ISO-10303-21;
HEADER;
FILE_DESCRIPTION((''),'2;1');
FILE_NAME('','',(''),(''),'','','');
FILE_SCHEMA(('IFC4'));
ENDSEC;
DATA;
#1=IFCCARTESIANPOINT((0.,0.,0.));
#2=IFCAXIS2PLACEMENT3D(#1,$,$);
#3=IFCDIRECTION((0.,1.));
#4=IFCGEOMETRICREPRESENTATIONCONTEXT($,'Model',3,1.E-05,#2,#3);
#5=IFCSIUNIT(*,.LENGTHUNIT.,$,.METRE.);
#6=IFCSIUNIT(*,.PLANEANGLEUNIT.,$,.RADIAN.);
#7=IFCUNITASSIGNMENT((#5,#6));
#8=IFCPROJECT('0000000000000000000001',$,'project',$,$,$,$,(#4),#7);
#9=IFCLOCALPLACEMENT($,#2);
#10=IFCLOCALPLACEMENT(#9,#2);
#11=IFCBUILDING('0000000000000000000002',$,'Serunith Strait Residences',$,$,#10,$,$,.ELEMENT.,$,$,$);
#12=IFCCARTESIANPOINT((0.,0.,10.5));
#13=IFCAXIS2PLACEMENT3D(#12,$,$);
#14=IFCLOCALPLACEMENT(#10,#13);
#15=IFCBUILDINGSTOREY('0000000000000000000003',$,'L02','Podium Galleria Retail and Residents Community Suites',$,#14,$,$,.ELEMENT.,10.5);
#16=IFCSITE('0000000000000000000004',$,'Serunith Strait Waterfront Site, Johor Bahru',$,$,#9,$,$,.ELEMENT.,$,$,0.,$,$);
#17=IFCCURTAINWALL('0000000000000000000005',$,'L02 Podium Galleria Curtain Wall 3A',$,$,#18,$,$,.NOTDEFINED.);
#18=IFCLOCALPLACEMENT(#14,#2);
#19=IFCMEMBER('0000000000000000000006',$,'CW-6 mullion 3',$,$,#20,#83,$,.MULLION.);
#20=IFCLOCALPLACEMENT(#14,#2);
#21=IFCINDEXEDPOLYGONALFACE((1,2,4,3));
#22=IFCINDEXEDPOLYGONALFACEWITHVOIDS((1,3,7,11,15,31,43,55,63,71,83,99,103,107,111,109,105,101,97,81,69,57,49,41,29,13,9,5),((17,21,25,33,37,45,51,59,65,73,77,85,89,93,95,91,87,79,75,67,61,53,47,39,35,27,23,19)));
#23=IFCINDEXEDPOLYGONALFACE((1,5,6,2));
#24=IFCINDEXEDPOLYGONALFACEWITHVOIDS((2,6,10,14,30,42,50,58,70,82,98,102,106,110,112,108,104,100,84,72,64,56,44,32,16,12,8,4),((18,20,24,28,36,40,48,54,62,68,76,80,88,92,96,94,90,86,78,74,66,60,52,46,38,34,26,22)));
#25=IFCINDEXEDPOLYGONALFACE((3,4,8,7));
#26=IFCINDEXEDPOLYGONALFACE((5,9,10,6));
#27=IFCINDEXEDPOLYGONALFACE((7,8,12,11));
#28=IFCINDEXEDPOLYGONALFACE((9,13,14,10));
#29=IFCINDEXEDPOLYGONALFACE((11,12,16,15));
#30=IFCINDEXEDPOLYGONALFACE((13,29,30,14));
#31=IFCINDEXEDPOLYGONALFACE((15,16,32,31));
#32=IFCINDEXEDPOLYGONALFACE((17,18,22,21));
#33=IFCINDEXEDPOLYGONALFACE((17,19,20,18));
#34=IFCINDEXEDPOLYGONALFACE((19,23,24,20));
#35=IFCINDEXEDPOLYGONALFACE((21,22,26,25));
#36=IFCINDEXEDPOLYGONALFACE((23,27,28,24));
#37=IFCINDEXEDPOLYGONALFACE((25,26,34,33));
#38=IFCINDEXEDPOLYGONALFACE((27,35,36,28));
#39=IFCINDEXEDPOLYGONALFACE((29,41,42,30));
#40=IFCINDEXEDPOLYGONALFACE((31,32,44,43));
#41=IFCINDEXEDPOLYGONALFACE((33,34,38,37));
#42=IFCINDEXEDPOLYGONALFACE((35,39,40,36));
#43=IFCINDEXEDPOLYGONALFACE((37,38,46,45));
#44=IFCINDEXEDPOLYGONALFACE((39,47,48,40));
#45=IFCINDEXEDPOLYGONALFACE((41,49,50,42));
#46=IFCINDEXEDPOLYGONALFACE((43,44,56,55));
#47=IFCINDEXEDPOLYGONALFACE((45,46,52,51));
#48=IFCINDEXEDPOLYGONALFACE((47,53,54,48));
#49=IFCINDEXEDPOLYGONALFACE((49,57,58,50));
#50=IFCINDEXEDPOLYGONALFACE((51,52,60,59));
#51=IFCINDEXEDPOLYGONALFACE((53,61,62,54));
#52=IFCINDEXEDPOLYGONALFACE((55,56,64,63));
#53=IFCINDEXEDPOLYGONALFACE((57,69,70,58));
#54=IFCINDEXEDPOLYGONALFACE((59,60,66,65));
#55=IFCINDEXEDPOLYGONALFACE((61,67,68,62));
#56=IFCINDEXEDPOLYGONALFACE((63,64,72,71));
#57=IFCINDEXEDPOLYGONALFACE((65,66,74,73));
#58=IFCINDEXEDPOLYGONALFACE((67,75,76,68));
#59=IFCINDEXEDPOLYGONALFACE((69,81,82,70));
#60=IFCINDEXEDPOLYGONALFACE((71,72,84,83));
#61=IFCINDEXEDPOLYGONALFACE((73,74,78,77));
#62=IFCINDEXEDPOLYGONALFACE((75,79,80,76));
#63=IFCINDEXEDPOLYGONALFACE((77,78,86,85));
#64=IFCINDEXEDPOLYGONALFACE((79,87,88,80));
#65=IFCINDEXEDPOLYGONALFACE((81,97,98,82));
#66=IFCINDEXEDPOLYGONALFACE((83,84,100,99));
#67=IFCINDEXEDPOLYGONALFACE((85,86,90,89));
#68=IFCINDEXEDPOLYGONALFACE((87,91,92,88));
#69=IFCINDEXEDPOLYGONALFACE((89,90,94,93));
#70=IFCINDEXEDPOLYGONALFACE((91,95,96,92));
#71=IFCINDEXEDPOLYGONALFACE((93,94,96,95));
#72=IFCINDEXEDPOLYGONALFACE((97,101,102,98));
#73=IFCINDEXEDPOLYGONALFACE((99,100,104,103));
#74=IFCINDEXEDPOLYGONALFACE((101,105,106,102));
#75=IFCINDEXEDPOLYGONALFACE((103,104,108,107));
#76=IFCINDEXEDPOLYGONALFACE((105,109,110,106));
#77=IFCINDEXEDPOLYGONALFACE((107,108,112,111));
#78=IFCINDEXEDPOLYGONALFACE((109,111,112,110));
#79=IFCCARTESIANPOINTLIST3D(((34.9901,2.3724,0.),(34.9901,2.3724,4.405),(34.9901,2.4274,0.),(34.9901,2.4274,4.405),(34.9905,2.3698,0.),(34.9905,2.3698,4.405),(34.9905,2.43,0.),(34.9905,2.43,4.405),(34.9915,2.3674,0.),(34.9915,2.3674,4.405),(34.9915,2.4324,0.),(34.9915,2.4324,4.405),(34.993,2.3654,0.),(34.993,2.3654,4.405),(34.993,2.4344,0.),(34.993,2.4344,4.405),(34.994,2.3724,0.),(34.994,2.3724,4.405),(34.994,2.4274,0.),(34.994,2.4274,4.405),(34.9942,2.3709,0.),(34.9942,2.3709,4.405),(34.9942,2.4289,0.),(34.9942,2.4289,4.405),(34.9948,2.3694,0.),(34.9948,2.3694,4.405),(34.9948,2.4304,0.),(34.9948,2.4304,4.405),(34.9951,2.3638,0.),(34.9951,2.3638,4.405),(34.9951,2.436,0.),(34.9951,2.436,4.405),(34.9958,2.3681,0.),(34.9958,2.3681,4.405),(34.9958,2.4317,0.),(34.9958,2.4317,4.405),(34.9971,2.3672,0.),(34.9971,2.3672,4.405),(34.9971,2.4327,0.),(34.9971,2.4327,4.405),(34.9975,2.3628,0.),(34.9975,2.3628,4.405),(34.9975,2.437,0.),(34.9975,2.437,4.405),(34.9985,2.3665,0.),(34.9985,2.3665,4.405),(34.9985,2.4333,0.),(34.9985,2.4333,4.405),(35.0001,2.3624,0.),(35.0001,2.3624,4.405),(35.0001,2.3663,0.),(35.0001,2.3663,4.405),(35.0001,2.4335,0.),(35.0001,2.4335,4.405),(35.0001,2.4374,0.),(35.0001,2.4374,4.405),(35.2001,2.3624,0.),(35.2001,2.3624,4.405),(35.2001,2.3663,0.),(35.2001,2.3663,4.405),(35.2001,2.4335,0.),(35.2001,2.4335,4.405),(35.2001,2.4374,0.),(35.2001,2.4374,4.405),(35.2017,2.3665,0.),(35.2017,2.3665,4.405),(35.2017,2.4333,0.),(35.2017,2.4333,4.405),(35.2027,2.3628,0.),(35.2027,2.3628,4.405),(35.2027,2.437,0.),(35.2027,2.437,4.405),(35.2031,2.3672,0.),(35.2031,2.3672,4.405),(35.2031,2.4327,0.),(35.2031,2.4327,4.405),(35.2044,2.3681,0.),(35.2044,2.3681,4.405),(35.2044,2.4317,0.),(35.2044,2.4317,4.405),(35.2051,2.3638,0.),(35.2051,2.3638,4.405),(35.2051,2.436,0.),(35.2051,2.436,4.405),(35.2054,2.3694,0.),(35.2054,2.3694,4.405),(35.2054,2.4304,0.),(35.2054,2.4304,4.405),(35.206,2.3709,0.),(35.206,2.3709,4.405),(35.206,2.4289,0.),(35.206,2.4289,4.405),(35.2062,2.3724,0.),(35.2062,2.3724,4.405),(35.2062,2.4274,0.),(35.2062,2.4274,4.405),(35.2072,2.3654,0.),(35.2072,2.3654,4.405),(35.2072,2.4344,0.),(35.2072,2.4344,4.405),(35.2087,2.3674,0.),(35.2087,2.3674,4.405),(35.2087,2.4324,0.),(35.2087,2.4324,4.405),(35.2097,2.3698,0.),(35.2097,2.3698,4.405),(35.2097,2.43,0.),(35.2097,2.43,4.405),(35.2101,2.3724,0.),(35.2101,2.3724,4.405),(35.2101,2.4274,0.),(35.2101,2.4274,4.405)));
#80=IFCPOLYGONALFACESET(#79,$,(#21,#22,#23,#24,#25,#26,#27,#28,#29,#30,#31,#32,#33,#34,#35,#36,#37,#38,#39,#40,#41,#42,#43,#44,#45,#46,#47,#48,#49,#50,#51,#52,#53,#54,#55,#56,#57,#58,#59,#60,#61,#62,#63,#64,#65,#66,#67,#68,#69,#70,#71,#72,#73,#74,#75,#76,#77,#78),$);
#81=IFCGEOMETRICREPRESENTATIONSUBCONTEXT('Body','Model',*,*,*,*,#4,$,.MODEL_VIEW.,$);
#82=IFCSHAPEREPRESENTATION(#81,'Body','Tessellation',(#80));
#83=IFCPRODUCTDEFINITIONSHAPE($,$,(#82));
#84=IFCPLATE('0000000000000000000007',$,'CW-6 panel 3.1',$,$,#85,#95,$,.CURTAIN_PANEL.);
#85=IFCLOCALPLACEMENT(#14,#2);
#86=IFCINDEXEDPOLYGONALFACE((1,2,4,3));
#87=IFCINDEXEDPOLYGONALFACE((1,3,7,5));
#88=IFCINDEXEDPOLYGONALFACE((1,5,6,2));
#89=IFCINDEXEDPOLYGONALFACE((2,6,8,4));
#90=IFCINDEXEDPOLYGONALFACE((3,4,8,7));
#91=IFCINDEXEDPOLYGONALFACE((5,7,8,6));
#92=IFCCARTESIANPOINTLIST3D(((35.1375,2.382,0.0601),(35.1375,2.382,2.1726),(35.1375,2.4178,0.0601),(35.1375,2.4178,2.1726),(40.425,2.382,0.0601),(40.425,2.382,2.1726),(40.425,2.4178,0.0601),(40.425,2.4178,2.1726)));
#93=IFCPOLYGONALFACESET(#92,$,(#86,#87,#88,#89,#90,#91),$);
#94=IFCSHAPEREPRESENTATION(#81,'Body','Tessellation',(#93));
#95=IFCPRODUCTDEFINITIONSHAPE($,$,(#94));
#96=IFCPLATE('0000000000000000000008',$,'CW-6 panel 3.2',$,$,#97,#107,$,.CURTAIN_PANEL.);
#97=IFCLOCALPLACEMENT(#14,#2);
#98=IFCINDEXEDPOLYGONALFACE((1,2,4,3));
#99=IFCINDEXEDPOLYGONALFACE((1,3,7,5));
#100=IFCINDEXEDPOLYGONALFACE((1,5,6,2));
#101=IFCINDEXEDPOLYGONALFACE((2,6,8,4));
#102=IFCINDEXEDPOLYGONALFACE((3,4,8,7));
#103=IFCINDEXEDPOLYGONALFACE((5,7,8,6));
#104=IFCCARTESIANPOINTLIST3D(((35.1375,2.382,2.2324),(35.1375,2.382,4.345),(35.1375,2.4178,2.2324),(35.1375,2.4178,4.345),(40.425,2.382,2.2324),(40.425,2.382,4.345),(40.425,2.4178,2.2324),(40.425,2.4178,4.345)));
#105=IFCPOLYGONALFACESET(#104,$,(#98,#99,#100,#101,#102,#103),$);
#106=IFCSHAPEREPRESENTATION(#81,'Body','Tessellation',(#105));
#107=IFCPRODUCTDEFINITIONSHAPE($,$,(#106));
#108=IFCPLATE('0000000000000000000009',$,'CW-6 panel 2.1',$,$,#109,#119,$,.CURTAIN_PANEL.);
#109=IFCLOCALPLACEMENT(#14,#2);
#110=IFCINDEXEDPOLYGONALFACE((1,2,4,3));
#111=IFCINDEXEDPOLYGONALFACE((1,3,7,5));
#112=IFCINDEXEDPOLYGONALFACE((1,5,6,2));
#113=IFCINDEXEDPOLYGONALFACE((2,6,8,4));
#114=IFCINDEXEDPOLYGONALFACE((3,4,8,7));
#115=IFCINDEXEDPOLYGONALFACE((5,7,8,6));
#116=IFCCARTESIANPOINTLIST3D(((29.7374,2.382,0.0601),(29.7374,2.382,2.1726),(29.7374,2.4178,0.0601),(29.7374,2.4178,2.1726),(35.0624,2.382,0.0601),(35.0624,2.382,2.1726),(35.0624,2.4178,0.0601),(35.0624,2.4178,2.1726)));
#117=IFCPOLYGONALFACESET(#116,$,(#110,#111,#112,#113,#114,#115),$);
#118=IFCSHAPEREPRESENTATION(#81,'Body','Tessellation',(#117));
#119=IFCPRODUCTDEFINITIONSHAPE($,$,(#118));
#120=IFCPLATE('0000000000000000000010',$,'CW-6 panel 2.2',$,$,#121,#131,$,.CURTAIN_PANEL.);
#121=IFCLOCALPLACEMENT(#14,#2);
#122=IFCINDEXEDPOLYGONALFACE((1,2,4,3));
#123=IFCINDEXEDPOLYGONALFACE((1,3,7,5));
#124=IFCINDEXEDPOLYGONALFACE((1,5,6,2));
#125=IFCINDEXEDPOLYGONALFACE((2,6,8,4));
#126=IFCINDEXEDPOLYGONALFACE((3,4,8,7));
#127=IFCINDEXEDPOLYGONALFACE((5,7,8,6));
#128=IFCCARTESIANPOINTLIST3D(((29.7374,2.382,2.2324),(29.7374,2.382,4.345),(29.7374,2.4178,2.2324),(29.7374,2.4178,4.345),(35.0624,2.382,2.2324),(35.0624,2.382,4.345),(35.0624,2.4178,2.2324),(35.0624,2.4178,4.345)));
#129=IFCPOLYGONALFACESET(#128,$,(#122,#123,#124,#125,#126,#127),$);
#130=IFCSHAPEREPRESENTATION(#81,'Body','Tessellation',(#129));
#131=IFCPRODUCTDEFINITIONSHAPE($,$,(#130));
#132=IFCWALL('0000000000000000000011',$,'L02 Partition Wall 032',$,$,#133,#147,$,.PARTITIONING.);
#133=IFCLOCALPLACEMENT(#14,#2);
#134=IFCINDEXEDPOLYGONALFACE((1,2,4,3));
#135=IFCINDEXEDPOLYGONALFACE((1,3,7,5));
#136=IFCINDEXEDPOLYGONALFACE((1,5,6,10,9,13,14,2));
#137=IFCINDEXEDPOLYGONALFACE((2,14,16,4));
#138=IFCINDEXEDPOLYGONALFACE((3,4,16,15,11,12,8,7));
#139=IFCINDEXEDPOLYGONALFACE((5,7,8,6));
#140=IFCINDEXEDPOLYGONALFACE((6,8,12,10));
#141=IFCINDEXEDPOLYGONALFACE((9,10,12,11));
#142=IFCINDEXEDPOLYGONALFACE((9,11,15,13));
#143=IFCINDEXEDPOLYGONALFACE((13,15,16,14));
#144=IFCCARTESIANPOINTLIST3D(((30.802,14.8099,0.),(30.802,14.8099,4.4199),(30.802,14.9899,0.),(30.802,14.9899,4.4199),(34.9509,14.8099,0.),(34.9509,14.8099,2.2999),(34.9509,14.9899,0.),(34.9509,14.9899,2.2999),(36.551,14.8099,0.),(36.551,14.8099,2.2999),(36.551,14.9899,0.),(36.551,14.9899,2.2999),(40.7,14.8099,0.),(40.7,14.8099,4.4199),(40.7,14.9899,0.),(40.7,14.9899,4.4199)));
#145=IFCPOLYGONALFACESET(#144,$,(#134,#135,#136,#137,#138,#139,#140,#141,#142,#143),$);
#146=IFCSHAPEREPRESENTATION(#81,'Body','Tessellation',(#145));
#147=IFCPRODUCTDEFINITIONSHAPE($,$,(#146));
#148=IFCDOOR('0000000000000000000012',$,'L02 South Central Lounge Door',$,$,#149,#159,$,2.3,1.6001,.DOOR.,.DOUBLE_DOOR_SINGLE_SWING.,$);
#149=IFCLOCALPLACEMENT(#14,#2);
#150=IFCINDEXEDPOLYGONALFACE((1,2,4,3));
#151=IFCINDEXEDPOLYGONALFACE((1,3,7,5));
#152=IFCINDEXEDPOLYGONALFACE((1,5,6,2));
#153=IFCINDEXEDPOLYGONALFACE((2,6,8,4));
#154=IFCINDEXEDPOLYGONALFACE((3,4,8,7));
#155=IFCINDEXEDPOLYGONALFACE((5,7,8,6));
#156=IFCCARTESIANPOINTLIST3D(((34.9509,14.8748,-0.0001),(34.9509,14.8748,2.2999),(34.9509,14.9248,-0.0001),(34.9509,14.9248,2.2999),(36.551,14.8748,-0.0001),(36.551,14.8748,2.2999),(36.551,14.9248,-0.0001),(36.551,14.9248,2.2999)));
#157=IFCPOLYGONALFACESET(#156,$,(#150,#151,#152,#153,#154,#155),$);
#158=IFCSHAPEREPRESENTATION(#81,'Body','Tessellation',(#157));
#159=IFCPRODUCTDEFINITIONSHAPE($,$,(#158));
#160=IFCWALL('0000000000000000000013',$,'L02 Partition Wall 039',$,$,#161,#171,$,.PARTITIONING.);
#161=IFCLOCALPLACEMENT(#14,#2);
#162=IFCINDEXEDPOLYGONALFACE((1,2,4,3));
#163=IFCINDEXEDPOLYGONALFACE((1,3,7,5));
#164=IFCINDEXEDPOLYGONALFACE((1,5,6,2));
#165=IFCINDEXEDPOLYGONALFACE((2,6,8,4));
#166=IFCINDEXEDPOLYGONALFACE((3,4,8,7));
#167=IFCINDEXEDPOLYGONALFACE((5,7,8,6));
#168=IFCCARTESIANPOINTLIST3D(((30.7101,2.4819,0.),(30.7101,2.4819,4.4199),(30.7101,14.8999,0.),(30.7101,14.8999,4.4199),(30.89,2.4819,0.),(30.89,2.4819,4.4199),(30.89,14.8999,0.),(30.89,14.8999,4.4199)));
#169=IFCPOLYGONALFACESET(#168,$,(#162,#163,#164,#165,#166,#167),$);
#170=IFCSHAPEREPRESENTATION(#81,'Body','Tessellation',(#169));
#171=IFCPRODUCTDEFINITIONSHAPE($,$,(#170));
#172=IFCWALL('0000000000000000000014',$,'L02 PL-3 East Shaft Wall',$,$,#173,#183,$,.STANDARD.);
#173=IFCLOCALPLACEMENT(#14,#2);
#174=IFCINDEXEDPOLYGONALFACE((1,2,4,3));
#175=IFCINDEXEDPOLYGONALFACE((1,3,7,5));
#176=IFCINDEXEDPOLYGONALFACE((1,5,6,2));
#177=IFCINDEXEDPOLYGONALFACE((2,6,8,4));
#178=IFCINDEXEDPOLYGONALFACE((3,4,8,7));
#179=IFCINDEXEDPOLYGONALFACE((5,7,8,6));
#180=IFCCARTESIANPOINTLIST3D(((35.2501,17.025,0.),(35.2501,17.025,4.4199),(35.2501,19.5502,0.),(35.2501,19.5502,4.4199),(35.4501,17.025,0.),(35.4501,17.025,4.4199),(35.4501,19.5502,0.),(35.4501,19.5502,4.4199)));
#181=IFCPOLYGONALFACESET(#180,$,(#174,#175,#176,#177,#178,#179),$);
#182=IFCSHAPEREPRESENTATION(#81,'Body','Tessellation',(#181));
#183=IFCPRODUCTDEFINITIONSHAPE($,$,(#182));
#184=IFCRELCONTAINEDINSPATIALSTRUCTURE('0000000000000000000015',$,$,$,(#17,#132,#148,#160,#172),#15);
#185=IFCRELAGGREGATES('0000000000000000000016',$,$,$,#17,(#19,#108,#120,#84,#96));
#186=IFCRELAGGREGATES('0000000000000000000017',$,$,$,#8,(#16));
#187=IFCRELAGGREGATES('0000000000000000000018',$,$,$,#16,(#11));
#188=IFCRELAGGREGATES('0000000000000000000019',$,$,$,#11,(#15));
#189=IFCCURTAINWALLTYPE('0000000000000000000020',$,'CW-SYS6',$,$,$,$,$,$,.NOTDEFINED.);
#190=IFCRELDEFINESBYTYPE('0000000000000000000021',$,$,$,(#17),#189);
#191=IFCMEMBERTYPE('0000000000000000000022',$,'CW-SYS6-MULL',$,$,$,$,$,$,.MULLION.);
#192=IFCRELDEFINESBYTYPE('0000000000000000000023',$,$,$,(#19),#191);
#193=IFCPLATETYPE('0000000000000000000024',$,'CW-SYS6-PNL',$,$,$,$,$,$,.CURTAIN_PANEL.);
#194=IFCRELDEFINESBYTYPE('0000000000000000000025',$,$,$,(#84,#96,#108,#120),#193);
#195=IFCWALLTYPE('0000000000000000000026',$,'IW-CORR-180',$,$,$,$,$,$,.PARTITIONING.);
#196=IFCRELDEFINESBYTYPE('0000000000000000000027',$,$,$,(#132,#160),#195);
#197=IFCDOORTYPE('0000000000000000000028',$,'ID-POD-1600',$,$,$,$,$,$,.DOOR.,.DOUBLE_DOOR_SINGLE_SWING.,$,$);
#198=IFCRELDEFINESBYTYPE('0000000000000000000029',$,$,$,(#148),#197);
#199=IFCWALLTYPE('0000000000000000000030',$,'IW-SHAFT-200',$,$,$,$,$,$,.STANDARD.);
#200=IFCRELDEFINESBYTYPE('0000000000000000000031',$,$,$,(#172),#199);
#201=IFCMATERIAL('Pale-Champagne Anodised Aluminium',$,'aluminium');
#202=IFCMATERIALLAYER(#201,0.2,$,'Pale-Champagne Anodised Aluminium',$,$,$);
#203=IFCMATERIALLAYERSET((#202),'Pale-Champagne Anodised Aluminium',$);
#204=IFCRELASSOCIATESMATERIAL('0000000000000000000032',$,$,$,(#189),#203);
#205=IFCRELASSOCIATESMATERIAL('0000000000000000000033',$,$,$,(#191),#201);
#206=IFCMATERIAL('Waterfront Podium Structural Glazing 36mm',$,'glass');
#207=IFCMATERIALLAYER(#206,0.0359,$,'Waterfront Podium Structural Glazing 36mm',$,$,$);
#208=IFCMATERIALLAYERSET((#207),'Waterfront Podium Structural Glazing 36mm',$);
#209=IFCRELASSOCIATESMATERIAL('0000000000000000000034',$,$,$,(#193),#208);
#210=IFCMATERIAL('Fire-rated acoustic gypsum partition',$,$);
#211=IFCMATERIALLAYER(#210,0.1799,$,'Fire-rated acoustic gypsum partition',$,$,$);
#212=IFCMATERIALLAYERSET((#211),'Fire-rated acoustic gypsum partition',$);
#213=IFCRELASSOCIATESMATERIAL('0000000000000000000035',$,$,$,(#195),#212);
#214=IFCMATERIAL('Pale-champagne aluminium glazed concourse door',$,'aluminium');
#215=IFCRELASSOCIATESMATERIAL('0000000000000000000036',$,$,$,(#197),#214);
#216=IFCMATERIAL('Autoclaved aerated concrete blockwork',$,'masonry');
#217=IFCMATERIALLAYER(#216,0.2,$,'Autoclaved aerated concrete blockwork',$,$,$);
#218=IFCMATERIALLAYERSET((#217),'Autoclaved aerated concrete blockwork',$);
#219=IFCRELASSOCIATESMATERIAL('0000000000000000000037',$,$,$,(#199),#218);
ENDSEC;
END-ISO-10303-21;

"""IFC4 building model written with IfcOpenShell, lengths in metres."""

from ifc_helpers import new_model, si_unit, direction, frame, frame_2d, origin, origin_2d, place, context, subcontext, project, spatial, rectangle, hollow_rectangle, extrude, source, transform, mapped, material, layer, layer_set, material_profile, profile_set, type_object, element, fill, aggregate, save


model = new_model("IFC4")

# Units and contexts
model_context = context("Model", 3, precision=1e-05, world=origin(), true_north=direction((0.0, 1.0)))
body_context = subcontext(model_context, "Body", "Model", "MODEL_VIEW")
ifc_project = project(units=[si_unit("LENGTHUNIT", "METRE"), si_unit("PLANEANGLEUNIT", "RADIAN")], contexts=[model_context])

# Site, building, storey
site_placement = place(None, origin())
site = spatial("IfcSite", under=ifc_project, at=site_placement, Name="Serunith Strait Waterfront Site, Johor Bahru", CompositionType="ELEMENT", RefElevation=0.0)
building_placement = place(site_placement, origin())
building = spatial("IfcBuilding", under=site, at=building_placement, Name="Serunith Strait Residences", CompositionType="ELEMENT")
storey_placement = place(building_placement, frame((0.0, 0.0, 10.5)))
storey = spatial("IfcBuildingStorey", under=building, at=storey_placement, Name="L02", Description="Podium Galleria Retail and Residents Community Suites", CompositionType="ELEMENT", Elevation=10.5)

# Curtain wall, member, plates
ifc_material_1 = material(Name="Pale-Champagne Anodised Aluminium", Category="aluminium")
ifc_layer_1 = layer(ifc_material_1, 0.2, Name="Pale-Champagne Anodised Aluminium")
ifc_layer_set_1 = layer_set([ifc_layer_1], Name="Pale-Champagne Anodised Aluminium")
curtain_wall_type = type_object("IfcCurtainWallType", Name="CW-SYS6", PredefinedType="NOTDEFINED", material=ifc_layer_set_1)
curtain_wall_placement = place(storey_placement, origin())
curtain_wall = element("IfcCurtainWall", 1, at=curtain_wall_placement, inside=storey, type_object=curtain_wall_type, Name="L02 Podium Galleria Curtain Wall 3A", PredefinedType="NOTDEFINED")
ifc_material_profile_1 = material_profile(ifc_material_1, hollow_rectangle(XDim=0.075, YDim=0.22, WallThickness=0.0039, InnerFilletRadius=0.0061, OuterFilletRadius=0.01, at=origin_2d()), Name="ALU 220x75x4")
ifc_profile_set_1 = profile_set([ifc_material_profile_1], Name="Pale-Champagne Anodised Aluminium")
member_type_1 = type_object("IfcMemberType", Name="CW-SYS6-MULL", PredefinedType="MULLION", material=ifc_profile_set_1)
shared_shape_1 = source(origin(), body_context, "Body", "SweptSolid", [
    extrude(hollow_rectangle(XDim=0.075, YDim=0.22, WallThickness=0.0039, InnerFilletRadius=0.0061, OuterFilletRadius=0.01, at=origin_2d()), origin(), (0.0, 0.0, 1.0), 4.405),
])
member_1_placement = place(storey_placement, frame((35.1001, 2.3999, 0.0), z_axis=(0.0, 0.0, 1.0), x_axis=(0.0, 1.0, 0.0)))
member_1 = element("IfcMember", 2, at=member_1_placement, type_object=member_type_1, Name="CW-6 mullion 3", PredefinedType="MULLION", context=body_context, shape_type="MappedRepresentation", body=[
    mapped(shared_shape_1, transform((0.0, 0.0, 0.0), scale=1.0)),
])
ifc_material_2 = material(Name="Waterfront Podium Structural Glazing 36mm", Category="glass")
ifc_layer_2 = layer(ifc_material_2, 0.0359, Name="Waterfront Podium Structural Glazing 36mm")
ifc_layer_set_2 = layer_set([ifc_layer_2], Name="Waterfront Podium Structural Glazing 36mm")
plate_type = type_object("IfcPlateType", Name="CW-SYS6-PNL", PredefinedType="CURTAIN_PANEL", material=ifc_layer_set_2)
shared_shape_2 = source(origin(), body_context, "Body", "SweptSolid", [
    extrude(rectangle(XDim=5.2876, YDim=0.0359, at=origin_2d()), origin(), (0.0, 0.0, 1.0), 2.1125),
])
plate_1_placement = place(storey_placement, frame((37.7812, 2.3999, 0.0601), z_axis=(0.0, 0.0, 1.0), x_axis=(1.0, 0.0, 0.0)))
plate_1 = element("IfcPlate", 3, at=plate_1_placement, type_object=plate_type, Name="CW-6 panel 3.1", PredefinedType="CURTAIN_PANEL", context=body_context, shape_type="MappedRepresentation", body=[
    mapped(shared_shape_2, transform((0.0, 0.0, 0.0), scale=1.0)),
])
plate_2_placement = place(storey_placement, frame((37.7812, 2.3999, 2.2324), z_axis=(0.0, 0.0, 1.0), x_axis=(1.0, 0.0, 0.0)))
plate_2 = element("IfcPlate", 4, at=plate_2_placement, type_object=plate_type, Name="CW-6 panel 3.2", PredefinedType="CURTAIN_PANEL", context=body_context, shape_type="MappedRepresentation", body=[
    mapped(shared_shape_2, transform((0.0, 0.0, 0.0), scale=1.0)),
])
shared_shape_3 = source(origin(), body_context, "Body", "SweptSolid", [
    extrude(rectangle(XDim=5.325, YDim=0.0359, at=origin_2d()), origin(), (0.0, 0.0, 1.0), 2.1125),
])
plate_3_placement = place(storey_placement, frame((32.3999, 2.3999, 0.0601), z_axis=(0.0, 0.0, 1.0), x_axis=(1.0, 0.0, 0.0)))
plate_3 = element("IfcPlate", 5, at=plate_3_placement, type_object=plate_type, Name="CW-6 panel 2.1", PredefinedType="CURTAIN_PANEL", context=body_context, shape_type="MappedRepresentation", body=[
    mapped(shared_shape_3, transform((0.0, 0.0, 0.0), scale=1.0)),
])
plate_4_placement = place(storey_placement, frame((32.3999, 2.3999, 2.2324), z_axis=(0.0, 0.0, 1.0), x_axis=(1.0, 0.0, 0.0)))
plate_4 = element("IfcPlate", 6, at=plate_4_placement, type_object=plate_type, Name="CW-6 panel 2.2", PredefinedType="CURTAIN_PANEL", context=body_context, shape_type="MappedRepresentation", body=[
    mapped(shared_shape_3, transform((0.0, 0.0, 0.0), scale=1.0)),
])
aggregate(curtain_wall, [member_1, plate_3, plate_4, plate_1, plate_2])

# Wall, opening, door
ifc_material_3 = material(Name="Fire-rated acoustic gypsum partition")
ifc_layer_3 = layer(ifc_material_3, 0.1799, Name="Fire-rated acoustic gypsum partition")
ifc_layer_set_3 = layer_set([ifc_layer_3], Name="Fire-rated acoustic gypsum partition")
wall_type_1 = type_object("IfcWallType", Name="IW-CORR-180", PredefinedType="PARTITIONING", material=ifc_layer_set_3)
wall_1_placement = place(storey_placement, frame((30.802, 14.8999, 0.0), z_axis=(0.0, 0.0, 1.0), x_axis=(1.0, 0.0, 0.0)))
wall_1 = element("IfcWall", 7, at=wall_1_placement, inside=storey, type_object=wall_type_1, Name="L02 Partition Wall 032", PredefinedType="PARTITIONING", context=body_context, shape_type="SweptSolid", body=[
    extrude(rectangle(XDim=9.8979, YDim=0.1799, at=frame_2d((4.949, 0.0))), origin(), (0.0, 0.0, 1.0), 4.4199),
])
opening_placement = place(wall_1_placement, frame((4.1489, 0.0, 0.0)))
opening = element("IfcOpeningElement", 8, at=opening_placement, cuts=wall_1, PredefinedType="OPENING", context=body_context, shape_type="SweptSolid", body=[
    extrude(rectangle(XDim=1.6001, YDim=2.3, at=frame_2d((0.8, 1.1499))), frame((0.0, 0.1001, 0.0), z_axis=(0.0, -1.0, 0.0), x_axis=(1.0, 0.0, 0.0)), (0.0, 0.0, 1.0), 0.2),
])
ifc_material_4 = material(Name="Pale-champagne aluminium glazed concourse door", Category="aluminium")
door_type = type_object("IfcDoorType", Name="ID-POD-1600", OperationType="DOUBLE_DOOR_SINGLE_SWING", PredefinedType="DOOR", material=ifc_material_4)
shared_shape_4 = source(origin(), body_context, "Body", "SweptSolid", [
    extrude(rectangle(XDim=1.6001, YDim=2.3, at=frame_2d((0.8, 1.1499))), frame((0.0, 0.0249, 0.0), z_axis=(0.0, -1.0, 0.0), x_axis=(1.0, 0.0, 0.0)), (0.0, 0.0, 1.0), 0.05),
])
door_placement = place(opening_placement, origin())
door = element("IfcDoor", 9, at=door_placement, inside=storey, type_object=door_type, Name="L02 South Central Lounge Door", OperationType="DOUBLE_DOOR_SINGLE_SWING", OverallHeight=2.3, OverallWidth=1.6001, PredefinedType="DOOR", context=body_context, shape_type="MappedRepresentation", body=[
    mapped(shared_shape_4, transform((0.0, 0.0, 0.0), scale=1.0)),
])
fill(opening, door)

# Walls
wall_2_placement = place(storey_placement, frame((30.8, 2.4819, 0.0), z_axis=(0.0, 0.0, 1.0), x_axis=(0.0, 1.0, 0.0)))
element("IfcWall", 10, at=wall_2_placement, inside=storey, type_object=wall_type_1, Name="L02 Partition Wall 039", PredefinedType="PARTITIONING", context=body_context, shape_type="SweptSolid", body=[
    extrude(rectangle(XDim=12.418, YDim=0.1799, at=frame_2d((6.209, 0.0))), origin(), (0.0, 0.0, 1.0), 4.4199),
])
ifc_material_5 = material(Name="Autoclaved aerated concrete blockwork", Category="masonry")
ifc_layer_4 = layer(ifc_material_5, 0.2, Name="Autoclaved aerated concrete blockwork")
ifc_layer_set_4 = layer_set([ifc_layer_4], Name="Autoclaved aerated concrete blockwork")
wall_type_2 = type_object("IfcWallType", Name="IW-SHAFT-200", PredefinedType="STANDARD", material=ifc_layer_set_4)
wall_3_placement = place(storey_placement, frame((35.3501, 17.0249, 0.0), z_axis=(0.0, 0.0, 1.0), x_axis=(0.0, 1.0, 0.0)))
element("IfcWall", 11, at=wall_3_placement, inside=storey, type_object=wall_type_2, Name="L02 PL-3 East Shaft Wall", PredefinedType="STANDARD", context=body_context, shape_type="SweptSolid", body=[
    extrude(rectangle(XDim=2.5251, YDim=0.2, at=frame_2d((1.2627, 0.0))), origin(), (0.0, 0.0, 1.0), 4.4199),
])

save(model, "model.ifc")
